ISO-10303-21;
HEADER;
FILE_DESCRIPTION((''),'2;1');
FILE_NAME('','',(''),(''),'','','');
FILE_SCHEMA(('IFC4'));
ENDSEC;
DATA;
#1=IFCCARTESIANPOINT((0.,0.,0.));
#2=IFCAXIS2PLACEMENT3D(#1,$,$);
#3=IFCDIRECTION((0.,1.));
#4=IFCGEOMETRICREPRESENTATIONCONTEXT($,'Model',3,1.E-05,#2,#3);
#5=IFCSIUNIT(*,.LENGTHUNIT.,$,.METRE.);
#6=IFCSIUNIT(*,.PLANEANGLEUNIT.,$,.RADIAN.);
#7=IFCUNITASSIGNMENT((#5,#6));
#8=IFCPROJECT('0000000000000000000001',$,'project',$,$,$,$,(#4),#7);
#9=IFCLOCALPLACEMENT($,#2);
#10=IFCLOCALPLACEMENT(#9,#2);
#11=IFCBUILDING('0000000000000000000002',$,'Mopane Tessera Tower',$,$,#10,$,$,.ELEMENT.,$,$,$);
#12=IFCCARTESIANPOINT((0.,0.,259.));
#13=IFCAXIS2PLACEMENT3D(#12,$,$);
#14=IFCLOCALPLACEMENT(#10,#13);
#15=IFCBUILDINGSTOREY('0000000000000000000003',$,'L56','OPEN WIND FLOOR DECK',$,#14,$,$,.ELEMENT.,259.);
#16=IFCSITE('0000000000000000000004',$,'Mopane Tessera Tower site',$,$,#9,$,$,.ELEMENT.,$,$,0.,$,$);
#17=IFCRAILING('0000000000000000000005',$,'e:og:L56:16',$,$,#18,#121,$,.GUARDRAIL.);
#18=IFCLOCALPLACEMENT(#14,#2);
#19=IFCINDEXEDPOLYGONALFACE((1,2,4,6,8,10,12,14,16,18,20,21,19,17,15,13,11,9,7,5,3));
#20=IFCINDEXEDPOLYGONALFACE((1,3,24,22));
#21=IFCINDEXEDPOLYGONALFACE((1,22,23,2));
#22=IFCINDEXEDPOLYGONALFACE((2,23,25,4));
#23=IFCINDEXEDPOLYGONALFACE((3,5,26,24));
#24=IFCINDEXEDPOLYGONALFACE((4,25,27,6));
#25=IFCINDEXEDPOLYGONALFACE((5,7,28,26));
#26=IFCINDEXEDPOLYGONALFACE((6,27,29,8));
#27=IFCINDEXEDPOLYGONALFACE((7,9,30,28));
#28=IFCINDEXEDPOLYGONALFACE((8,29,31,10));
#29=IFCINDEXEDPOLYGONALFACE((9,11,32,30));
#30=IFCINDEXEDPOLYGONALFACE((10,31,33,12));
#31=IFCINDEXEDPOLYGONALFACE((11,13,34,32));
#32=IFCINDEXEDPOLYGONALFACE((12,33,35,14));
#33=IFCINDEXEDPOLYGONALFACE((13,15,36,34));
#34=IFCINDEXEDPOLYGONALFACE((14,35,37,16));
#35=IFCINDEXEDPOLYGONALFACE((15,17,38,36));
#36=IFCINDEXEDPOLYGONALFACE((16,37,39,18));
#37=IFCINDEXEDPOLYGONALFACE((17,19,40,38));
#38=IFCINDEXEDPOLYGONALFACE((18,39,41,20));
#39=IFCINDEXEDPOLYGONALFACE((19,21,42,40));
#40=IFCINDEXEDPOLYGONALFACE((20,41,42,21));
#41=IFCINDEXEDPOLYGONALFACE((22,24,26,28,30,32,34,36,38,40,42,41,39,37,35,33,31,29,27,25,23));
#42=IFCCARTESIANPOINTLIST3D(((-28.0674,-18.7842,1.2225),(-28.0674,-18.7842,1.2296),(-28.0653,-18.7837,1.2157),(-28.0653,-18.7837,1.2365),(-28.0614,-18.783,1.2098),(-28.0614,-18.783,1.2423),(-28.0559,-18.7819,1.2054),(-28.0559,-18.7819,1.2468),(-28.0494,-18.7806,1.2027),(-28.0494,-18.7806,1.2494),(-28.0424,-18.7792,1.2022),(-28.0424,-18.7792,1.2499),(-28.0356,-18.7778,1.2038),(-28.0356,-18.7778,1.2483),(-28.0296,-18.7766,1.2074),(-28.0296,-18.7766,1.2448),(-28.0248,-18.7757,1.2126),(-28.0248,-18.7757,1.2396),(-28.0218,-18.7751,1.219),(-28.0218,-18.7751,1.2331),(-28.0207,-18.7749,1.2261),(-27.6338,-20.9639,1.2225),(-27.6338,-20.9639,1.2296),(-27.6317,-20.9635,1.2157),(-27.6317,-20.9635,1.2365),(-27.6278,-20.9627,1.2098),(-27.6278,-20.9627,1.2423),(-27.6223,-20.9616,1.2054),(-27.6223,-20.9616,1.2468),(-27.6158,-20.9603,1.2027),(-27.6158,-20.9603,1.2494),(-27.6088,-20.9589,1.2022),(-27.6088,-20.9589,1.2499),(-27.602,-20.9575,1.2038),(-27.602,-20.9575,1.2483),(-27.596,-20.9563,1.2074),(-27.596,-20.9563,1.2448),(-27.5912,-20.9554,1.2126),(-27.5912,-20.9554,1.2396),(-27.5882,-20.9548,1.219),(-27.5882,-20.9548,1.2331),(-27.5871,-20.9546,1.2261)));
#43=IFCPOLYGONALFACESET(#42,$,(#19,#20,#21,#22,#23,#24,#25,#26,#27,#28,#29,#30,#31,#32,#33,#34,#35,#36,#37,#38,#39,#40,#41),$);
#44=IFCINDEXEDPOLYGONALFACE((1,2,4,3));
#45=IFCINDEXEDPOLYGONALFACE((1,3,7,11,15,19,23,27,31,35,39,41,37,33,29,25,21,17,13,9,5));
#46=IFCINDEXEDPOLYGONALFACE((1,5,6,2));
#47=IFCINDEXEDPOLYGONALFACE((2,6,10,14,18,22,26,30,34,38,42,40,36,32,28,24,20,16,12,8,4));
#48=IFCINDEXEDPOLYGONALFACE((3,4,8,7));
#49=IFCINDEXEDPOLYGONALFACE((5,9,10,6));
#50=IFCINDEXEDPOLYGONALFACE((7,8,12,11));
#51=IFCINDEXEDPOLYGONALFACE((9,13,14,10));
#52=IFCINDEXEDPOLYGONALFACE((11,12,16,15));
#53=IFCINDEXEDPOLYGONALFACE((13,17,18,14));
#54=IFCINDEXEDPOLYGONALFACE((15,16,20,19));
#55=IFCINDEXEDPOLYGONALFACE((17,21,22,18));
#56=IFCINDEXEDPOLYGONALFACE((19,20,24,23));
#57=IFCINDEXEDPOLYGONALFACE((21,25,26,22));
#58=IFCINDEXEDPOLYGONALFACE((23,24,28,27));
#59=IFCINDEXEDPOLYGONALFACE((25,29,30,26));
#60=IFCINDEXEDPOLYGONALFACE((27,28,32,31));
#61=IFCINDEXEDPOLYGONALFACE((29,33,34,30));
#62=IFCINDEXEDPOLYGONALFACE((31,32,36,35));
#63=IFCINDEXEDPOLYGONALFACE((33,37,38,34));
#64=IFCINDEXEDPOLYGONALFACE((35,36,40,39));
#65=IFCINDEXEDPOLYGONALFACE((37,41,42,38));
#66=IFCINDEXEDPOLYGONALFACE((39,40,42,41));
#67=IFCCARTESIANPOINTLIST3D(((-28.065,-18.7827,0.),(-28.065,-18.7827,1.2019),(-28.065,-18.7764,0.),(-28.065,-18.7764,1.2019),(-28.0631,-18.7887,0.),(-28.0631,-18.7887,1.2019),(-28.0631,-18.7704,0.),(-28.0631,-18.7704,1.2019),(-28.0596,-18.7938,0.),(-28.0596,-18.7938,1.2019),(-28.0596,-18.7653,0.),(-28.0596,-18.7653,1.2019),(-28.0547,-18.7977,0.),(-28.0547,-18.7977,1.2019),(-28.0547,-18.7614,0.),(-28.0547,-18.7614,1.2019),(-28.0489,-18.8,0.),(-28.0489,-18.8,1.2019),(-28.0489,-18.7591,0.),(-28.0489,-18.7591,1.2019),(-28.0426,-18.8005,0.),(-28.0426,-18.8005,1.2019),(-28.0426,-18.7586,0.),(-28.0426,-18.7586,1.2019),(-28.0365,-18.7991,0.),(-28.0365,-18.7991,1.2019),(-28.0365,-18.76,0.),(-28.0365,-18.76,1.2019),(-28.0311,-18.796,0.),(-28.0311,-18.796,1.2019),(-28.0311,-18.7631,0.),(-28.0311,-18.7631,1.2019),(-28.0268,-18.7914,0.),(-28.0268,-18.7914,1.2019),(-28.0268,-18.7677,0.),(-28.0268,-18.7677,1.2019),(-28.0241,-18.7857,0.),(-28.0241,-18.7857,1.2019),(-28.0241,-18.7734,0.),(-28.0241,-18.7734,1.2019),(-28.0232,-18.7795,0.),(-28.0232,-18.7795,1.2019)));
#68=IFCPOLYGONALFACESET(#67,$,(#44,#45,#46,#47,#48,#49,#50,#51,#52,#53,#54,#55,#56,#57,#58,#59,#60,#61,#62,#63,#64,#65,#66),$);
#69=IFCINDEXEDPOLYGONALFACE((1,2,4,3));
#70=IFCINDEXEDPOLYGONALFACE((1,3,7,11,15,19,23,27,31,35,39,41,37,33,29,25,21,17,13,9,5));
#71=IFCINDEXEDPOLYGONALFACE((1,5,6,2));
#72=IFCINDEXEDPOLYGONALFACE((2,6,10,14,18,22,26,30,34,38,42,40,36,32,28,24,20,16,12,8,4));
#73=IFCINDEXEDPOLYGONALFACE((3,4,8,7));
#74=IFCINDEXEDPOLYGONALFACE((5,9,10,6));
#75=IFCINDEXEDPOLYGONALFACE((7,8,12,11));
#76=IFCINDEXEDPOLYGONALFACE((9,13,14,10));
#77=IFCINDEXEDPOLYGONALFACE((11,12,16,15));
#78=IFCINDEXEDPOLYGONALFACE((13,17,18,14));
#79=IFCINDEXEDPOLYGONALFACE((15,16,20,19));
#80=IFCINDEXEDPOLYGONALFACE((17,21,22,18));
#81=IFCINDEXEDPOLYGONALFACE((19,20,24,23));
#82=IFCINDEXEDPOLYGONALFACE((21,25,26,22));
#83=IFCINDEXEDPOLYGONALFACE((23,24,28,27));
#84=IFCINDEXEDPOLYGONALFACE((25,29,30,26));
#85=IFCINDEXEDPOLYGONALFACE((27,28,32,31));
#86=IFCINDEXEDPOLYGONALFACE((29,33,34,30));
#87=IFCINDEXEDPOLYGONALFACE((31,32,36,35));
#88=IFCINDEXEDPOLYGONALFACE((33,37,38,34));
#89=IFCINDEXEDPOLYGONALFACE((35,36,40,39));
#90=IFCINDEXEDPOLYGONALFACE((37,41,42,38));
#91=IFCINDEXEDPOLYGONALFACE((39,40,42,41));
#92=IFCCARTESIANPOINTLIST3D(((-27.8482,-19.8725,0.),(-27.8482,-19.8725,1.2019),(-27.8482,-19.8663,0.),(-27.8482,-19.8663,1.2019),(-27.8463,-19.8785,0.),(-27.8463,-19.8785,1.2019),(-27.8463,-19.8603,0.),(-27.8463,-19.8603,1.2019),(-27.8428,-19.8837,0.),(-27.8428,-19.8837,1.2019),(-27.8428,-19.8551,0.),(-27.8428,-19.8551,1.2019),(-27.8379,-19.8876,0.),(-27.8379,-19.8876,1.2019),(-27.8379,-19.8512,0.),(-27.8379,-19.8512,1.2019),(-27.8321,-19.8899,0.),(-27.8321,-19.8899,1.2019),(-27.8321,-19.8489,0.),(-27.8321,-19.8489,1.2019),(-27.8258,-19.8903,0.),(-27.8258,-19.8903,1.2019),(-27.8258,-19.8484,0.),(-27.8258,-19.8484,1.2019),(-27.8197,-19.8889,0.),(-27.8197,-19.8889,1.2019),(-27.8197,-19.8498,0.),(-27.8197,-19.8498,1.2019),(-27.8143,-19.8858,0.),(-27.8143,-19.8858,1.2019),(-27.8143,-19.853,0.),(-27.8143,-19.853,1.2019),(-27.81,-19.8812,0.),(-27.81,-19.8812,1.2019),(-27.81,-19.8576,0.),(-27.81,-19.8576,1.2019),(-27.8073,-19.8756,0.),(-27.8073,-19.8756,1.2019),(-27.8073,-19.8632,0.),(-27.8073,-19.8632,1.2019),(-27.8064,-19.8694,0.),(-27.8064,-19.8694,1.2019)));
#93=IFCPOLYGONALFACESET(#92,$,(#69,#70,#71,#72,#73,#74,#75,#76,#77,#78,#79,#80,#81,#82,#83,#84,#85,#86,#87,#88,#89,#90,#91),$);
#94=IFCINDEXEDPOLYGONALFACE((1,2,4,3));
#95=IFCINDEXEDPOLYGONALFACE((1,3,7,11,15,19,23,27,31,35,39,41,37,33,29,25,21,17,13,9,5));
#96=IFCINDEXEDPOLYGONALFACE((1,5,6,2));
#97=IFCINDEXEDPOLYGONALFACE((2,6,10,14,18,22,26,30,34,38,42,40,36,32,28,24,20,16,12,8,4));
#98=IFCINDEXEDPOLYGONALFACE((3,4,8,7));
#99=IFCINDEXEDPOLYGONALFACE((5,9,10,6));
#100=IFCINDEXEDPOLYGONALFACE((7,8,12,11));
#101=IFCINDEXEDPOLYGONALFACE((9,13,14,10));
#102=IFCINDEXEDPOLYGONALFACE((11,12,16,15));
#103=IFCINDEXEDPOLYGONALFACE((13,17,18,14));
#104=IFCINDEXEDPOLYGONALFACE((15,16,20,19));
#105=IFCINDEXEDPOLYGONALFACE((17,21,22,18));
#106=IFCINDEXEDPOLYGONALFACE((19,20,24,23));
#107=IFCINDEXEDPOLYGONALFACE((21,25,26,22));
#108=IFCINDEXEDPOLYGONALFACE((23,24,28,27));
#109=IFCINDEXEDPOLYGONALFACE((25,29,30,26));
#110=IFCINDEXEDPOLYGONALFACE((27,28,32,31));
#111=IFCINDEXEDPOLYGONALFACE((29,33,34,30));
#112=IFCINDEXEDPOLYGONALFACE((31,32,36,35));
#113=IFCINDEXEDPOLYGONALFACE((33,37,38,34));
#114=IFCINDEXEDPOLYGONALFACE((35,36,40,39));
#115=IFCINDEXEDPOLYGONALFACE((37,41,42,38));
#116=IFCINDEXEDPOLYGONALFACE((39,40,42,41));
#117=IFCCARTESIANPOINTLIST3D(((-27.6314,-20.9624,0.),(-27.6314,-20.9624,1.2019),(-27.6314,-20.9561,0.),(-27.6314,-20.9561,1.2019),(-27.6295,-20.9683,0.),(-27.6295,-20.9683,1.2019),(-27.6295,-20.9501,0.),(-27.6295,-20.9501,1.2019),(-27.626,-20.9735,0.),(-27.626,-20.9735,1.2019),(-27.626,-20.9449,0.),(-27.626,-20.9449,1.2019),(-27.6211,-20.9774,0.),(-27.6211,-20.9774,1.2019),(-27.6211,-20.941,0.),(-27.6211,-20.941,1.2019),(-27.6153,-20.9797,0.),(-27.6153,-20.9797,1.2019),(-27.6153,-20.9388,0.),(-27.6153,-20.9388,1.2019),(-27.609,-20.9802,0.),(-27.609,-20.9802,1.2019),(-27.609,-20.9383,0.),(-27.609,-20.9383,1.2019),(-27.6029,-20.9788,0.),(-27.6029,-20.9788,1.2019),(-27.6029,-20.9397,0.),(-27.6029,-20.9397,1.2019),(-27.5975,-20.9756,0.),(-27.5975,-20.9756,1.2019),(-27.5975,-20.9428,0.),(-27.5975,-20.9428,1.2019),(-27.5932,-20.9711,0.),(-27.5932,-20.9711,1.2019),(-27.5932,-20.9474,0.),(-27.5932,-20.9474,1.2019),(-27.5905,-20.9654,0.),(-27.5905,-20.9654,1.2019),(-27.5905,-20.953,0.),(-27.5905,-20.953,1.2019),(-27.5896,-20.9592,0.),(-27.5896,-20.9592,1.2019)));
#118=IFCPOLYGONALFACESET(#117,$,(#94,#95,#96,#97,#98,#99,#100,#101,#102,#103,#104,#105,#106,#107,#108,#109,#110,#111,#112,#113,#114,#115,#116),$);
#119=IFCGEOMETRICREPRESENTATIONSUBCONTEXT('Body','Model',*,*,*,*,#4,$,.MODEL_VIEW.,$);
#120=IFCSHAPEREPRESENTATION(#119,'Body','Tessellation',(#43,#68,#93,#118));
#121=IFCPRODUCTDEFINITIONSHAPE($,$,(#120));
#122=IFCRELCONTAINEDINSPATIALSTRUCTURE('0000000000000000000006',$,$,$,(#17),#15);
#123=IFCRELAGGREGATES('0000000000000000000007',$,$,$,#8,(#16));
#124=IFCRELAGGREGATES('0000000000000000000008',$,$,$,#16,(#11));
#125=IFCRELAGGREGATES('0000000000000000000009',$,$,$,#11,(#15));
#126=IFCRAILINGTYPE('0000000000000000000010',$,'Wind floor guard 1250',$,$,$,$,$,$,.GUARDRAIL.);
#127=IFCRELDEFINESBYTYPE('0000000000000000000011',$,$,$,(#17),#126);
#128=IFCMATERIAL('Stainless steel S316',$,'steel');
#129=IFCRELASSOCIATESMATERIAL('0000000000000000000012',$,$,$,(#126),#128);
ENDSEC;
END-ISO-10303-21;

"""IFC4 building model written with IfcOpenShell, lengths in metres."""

from ifc_helpers import new_model, si_unit, direction, frame, origin, origin_2d, place, context, subcontext, project, spatial, circle, extrude, material, type_object, element, save


model = new_model("IFC4")

# Units and contexts
model_context = context("Model", 3, precision=1e-05, world=origin(), true_north=direction((0.0, 1.0)))
body_context = subcontext(model_context, "Body", "Model", "MODEL_VIEW")
ifc_project = project(units=[si_unit("LENGTHUNIT", "METRE"), si_unit("PLANEANGLEUNIT", "RADIAN")], contexts=[model_context])

# Site, building, storey
site_placement = place(None, origin())
site = spatial("IfcSite", under=ifc_project, at=site_placement, Name="Mopane Tessera Tower site", CompositionType="ELEMENT", RefElevation=0.0)
building_placement = place(site_placement, origin())
building = spatial("IfcBuilding", under=site, at=building_placement, Name="Mopane Tessera Tower", CompositionType="ELEMENT")
storey_placement = place(building_placement, frame((0.0, 0.0, 259.0)))
storey = spatial("IfcBuildingStorey", under=building, at=storey_placement, Name="L56", Description="OPEN WIND FLOOR DECK", CompositionType="ELEMENT", Elevation=259.0)

# Railing
ifc_material_1 = material(Name="Stainless steel S316", Category="steel")
railing_type = type_object("IfcRailingType", Name="Wind floor guard 1250", PredefinedType="GUARDRAIL", material=ifc_material_1)
railing_1_placement = place(storey_placement, frame((-28.0442, -18.7795, 0.0)))
element("IfcRailing", 1, at=railing_1_placement, inside=storey, type_object=railing_type, Name="e:og:L56:16", PredefinedType="GUARDRAIL", context=body_context, shape_type="SweptSolid", body=[
    extrude(circle(Radius=0.0239, at=origin_2d()), frame((0.0, 0.0, 1.2261), z_axis=(0.195102, -0.980783, 0.0), x_axis=(0.980783, 0.195102, 0.0)), (0.0, 0.0, 1.0), 2.2224),
    extrude(circle(Radius=0.021, at=origin_2d()), origin(), (0.0, 0.0, 1.0), 1.2019),
    extrude(circle(Radius=0.021, at=origin_2d()), frame((0.2168, -1.0898, 0.0)), (0.0, 0.0, 1.0), 1.2019),
    extrude(circle(Radius=0.021, at=origin_2d()), frame((0.4336, -2.1797, 0.0)), (0.0, 0.0, 1.0), 1.2019),
])

save(model, "model.ifc")
